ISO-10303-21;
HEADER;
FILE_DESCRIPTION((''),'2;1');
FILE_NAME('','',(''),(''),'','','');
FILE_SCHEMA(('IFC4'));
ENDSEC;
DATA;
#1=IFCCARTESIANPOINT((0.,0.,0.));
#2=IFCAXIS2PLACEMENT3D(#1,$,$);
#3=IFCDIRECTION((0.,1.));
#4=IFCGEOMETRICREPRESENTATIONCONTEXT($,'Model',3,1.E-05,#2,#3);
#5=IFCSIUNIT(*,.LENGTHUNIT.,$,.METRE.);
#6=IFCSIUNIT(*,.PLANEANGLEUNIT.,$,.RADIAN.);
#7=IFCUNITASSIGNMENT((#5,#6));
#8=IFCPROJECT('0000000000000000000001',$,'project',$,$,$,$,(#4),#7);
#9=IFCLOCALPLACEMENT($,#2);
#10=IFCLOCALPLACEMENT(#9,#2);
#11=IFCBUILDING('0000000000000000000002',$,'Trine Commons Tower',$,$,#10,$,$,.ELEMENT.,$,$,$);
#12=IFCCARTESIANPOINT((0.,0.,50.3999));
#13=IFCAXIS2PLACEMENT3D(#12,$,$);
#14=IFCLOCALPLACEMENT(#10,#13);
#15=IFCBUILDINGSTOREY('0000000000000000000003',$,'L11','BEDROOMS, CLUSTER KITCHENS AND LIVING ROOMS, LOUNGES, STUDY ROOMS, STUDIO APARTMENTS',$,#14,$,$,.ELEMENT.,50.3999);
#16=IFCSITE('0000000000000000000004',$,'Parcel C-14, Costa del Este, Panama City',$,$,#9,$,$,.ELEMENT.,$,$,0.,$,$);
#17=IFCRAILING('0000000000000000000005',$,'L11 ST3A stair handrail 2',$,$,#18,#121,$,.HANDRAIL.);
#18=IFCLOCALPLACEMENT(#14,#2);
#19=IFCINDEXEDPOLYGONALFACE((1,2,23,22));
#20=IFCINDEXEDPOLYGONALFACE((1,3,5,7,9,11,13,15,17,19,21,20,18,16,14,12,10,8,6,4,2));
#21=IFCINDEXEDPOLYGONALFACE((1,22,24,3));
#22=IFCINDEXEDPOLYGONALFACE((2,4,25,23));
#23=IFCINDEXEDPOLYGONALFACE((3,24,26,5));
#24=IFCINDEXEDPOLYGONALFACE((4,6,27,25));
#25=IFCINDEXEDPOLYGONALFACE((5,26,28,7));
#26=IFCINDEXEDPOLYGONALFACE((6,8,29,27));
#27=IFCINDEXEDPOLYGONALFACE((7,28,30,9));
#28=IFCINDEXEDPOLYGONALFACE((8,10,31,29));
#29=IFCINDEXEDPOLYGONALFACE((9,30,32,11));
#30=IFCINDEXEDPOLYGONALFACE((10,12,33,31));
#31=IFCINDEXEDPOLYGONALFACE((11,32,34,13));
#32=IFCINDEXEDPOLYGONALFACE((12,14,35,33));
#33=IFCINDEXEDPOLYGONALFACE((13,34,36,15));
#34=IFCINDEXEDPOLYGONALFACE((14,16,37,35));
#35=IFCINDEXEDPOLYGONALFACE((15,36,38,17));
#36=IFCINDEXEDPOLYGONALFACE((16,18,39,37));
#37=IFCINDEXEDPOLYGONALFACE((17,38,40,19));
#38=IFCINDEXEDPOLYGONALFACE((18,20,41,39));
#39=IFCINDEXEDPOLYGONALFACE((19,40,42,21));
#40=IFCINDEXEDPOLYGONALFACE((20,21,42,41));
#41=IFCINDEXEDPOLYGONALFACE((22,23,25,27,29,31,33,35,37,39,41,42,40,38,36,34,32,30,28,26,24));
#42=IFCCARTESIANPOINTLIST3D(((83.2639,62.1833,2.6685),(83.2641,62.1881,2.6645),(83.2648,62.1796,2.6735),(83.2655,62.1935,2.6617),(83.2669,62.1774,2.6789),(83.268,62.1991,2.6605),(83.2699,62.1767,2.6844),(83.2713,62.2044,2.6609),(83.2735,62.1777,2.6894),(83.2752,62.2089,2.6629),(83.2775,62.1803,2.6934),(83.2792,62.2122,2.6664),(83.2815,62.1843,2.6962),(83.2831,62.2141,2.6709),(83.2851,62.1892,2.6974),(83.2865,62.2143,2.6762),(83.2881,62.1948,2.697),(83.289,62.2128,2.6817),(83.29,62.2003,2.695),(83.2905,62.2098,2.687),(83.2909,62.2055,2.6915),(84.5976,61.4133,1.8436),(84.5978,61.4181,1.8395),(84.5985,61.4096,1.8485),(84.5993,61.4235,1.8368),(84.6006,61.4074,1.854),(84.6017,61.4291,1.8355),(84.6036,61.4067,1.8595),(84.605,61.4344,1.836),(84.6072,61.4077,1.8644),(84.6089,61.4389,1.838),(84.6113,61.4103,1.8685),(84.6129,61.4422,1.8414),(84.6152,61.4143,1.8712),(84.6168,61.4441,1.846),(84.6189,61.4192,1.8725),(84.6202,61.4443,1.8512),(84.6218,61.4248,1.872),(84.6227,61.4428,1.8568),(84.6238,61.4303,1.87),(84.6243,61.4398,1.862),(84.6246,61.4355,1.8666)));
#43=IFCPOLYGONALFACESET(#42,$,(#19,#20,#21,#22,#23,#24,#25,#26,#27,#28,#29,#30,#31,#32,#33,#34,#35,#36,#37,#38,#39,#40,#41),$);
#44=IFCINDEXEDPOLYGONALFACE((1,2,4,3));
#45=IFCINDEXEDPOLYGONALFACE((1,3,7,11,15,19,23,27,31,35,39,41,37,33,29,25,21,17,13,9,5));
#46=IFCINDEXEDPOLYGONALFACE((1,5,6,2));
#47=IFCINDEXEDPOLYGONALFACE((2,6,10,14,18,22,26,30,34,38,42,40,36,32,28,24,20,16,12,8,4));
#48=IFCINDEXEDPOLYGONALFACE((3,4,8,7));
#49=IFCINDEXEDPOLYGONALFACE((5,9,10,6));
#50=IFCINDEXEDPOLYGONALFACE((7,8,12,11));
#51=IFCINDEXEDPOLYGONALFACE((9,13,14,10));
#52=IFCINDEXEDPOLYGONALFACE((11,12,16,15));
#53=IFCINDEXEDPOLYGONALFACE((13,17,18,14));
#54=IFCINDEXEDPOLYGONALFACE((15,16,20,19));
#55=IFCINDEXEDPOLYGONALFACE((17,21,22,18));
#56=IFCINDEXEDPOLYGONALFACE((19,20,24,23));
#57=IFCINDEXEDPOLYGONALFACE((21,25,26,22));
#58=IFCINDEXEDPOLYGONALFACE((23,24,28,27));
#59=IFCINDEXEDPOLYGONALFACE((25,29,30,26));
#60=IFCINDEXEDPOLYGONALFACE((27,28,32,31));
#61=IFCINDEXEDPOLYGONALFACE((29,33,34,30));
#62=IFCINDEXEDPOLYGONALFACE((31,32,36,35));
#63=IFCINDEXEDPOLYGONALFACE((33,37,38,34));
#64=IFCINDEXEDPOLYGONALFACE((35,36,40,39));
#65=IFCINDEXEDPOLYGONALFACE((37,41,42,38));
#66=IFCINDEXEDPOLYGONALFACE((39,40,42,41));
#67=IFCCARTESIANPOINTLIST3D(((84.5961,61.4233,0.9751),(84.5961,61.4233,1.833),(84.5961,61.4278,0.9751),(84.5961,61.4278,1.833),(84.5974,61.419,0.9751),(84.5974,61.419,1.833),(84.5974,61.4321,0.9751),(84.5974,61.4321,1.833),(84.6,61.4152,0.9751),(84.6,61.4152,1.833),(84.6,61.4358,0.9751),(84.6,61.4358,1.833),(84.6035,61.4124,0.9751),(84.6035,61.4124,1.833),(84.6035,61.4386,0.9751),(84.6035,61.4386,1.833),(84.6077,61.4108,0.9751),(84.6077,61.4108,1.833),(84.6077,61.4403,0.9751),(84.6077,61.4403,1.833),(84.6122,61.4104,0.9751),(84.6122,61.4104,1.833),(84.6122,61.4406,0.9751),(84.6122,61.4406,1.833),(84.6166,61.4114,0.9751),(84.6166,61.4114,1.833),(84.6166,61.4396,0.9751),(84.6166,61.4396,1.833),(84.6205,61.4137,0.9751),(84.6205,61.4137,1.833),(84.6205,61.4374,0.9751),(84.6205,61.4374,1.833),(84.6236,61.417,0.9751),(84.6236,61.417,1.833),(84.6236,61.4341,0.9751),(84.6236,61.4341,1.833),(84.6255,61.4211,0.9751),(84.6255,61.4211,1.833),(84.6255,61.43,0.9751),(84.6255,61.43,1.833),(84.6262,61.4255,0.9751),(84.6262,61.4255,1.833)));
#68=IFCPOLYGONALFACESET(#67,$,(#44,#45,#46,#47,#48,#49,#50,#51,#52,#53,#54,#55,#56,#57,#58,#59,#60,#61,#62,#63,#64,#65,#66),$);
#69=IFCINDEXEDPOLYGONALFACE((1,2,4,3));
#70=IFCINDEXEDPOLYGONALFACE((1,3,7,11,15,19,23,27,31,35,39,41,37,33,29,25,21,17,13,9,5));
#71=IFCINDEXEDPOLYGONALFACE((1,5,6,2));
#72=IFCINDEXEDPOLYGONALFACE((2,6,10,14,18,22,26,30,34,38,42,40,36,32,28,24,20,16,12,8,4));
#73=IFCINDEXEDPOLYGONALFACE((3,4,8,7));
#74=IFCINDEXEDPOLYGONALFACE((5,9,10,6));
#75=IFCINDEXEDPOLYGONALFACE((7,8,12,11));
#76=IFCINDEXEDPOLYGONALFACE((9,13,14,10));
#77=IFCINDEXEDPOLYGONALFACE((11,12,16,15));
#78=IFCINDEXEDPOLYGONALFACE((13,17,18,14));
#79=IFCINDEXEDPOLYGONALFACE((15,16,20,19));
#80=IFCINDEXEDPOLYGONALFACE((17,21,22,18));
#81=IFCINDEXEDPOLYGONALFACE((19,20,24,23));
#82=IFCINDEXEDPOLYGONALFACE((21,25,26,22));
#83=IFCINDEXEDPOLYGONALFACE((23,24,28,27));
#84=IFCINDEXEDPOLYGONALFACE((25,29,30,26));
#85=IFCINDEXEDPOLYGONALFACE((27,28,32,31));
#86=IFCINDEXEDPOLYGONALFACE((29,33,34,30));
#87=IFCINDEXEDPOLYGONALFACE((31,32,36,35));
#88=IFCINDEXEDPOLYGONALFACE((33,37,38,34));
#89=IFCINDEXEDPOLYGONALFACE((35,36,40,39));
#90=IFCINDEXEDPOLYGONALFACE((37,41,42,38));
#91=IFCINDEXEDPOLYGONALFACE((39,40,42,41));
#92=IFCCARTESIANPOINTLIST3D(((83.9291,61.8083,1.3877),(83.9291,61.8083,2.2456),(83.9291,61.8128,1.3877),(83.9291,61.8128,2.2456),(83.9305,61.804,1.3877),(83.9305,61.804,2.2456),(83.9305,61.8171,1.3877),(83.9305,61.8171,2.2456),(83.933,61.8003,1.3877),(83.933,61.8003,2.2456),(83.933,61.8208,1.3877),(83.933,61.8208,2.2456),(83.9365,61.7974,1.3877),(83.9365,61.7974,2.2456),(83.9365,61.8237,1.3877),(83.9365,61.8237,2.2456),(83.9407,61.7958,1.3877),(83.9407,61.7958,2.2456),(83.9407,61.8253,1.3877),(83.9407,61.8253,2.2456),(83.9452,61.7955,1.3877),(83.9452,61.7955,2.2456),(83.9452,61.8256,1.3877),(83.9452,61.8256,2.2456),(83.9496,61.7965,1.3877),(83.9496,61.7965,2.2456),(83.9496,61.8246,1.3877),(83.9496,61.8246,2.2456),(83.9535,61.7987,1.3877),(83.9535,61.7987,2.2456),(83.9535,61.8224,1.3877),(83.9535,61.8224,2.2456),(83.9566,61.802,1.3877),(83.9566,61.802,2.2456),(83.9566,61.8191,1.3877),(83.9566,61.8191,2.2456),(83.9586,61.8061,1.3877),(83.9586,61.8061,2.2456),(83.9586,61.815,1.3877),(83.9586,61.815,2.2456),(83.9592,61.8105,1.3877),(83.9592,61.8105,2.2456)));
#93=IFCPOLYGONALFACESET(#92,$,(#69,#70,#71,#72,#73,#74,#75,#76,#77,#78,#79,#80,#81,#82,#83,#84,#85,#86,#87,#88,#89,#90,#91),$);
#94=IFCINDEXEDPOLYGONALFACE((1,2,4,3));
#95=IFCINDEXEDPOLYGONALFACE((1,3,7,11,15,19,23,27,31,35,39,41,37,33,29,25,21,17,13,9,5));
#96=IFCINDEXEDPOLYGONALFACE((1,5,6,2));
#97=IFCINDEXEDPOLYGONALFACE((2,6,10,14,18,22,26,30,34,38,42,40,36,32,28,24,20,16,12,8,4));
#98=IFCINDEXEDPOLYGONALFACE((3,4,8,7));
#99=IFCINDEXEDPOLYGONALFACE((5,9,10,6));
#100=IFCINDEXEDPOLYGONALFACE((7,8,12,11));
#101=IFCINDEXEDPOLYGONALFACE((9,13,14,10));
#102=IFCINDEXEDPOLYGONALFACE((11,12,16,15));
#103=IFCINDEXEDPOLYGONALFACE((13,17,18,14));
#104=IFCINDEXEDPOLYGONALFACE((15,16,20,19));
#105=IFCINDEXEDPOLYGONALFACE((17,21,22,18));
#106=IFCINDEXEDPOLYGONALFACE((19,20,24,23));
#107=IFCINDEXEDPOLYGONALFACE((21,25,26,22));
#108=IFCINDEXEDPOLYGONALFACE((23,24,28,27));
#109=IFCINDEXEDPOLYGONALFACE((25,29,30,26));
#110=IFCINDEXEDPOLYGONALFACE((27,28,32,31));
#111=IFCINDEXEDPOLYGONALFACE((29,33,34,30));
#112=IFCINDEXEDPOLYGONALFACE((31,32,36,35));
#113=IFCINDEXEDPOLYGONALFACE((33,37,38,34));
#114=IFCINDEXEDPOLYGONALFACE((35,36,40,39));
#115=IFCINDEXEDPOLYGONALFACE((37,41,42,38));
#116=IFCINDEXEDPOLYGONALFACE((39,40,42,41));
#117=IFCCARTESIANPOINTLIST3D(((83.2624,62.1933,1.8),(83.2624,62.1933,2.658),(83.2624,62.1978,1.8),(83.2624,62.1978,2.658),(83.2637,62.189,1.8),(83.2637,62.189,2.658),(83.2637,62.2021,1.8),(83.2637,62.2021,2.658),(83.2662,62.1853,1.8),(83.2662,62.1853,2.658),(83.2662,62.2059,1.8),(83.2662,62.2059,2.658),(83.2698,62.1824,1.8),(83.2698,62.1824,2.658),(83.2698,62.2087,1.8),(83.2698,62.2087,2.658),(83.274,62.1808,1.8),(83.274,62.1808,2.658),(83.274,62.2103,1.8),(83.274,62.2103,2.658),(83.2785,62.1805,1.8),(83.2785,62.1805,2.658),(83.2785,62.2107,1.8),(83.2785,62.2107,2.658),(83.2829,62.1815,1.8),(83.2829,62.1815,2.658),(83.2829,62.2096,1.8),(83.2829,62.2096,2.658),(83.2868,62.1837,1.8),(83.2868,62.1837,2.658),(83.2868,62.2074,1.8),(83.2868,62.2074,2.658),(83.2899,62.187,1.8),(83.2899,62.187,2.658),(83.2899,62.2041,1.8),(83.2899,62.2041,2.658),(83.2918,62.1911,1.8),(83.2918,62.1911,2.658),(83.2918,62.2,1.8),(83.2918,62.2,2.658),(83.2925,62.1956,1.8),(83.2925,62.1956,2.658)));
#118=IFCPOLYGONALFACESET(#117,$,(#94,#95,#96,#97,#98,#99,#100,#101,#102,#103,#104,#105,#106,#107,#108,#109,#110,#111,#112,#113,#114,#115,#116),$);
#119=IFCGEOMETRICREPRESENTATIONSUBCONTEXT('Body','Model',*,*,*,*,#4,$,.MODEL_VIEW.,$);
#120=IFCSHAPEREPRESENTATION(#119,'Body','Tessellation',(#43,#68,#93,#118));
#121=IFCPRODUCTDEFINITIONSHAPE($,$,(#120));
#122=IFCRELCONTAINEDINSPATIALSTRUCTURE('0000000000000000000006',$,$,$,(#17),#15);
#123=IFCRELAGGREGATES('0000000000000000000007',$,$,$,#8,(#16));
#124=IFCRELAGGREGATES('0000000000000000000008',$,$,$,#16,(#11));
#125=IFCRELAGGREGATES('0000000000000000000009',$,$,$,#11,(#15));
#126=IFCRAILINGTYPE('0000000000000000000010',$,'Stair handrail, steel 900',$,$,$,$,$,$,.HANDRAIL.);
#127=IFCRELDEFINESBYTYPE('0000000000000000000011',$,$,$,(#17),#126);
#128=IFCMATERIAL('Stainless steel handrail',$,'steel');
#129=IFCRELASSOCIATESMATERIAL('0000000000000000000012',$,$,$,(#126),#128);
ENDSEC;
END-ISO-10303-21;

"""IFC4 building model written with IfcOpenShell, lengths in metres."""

from ifc_helpers import new_model, si_unit, direction, frame, origin, origin_2d, place, context, subcontext, project, spatial, circle, extrude, material, type_object, element, save


model = new_model("IFC4")

# Units and contexts
model_context = context("Model", 3, precision=1e-05, world=origin(), true_north=direction((0.0, 1.0)))
body_context = subcontext(model_context, "Body", "Model", "MODEL_VIEW")
ifc_project = project(units=[si_unit("LENGTHUNIT", "METRE"), si_unit("PLANEANGLEUNIT", "RADIAN")], contexts=[model_context])

# Site, building, storey
site_placement = place(None, origin())
site = spatial("IfcSite", under=ifc_project, at=site_placement, Name="Parcel C-14, Costa del Este, Panama City", CompositionType="ELEMENT", RefElevation=0.0)
building_placement = place(site_placement, origin())
building = spatial("IfcBuilding", under=site, at=building_placement, Name="Trine Commons Tower", CompositionType="ELEMENT")
storey_placement = place(building_placement, frame((0.0, 0.0, 50.3999)))
storey = spatial("IfcBuildingStorey", under=building, at=storey_placement, Name="L11", Description="BEDROOMS, CLUSTER KITCHENS AND LIVING ROOMS, LOUNGES, STUDY ROOMS, STUDIO APARTMENTS", CompositionType="ELEMENT", Elevation=50.3999)

# Railing
ifc_material_1 = material(Name="Stainless steel handrail", Category="steel")
railing_type_1 = type_object("IfcRailingType", Name="Stair handrail, steel 900", PredefinedType="HANDRAIL", material=ifc_material_1)
for number, where, name in (
    (1, (84.6111, 61.4255, 0.9751), "L11 ST3A stair handrail 2"),
):
    element("IfcRailing", number, at=place(storey_placement, frame(where)), inside=storey, type_object=railing_type_1, Name=name, PredefinedType="HANDRAIL", context=body_context, shape_type="SweptSolid", body=[
        extrude(circle(Radius=0.021, at=origin_2d()), frame((0.0, 0.0, 0.8789), z_axis=(-0.763405, 0.440743, 0.472185), x_axis=(-0.499992, -0.86603, 0.0)), (0.0, 0.0, 1.0), 1.7471),
        extrude(circle(Radius=0.0151, at=origin_2d()), origin(), (0.0, 0.0, 1.0), 0.8579),
        extrude(circle(Radius=0.0151, at=origin_2d()), frame((-0.667, 0.385, 0.4126)), (0.0, 0.0, 1.0), 0.8579),
        extrude(circle(Radius=0.0151, at=origin_2d()), frame((-1.3337, 0.77, 0.825)), (0.0, 0.0, 1.0), 0.8579),
    ])

save(model, "model.ifc")
